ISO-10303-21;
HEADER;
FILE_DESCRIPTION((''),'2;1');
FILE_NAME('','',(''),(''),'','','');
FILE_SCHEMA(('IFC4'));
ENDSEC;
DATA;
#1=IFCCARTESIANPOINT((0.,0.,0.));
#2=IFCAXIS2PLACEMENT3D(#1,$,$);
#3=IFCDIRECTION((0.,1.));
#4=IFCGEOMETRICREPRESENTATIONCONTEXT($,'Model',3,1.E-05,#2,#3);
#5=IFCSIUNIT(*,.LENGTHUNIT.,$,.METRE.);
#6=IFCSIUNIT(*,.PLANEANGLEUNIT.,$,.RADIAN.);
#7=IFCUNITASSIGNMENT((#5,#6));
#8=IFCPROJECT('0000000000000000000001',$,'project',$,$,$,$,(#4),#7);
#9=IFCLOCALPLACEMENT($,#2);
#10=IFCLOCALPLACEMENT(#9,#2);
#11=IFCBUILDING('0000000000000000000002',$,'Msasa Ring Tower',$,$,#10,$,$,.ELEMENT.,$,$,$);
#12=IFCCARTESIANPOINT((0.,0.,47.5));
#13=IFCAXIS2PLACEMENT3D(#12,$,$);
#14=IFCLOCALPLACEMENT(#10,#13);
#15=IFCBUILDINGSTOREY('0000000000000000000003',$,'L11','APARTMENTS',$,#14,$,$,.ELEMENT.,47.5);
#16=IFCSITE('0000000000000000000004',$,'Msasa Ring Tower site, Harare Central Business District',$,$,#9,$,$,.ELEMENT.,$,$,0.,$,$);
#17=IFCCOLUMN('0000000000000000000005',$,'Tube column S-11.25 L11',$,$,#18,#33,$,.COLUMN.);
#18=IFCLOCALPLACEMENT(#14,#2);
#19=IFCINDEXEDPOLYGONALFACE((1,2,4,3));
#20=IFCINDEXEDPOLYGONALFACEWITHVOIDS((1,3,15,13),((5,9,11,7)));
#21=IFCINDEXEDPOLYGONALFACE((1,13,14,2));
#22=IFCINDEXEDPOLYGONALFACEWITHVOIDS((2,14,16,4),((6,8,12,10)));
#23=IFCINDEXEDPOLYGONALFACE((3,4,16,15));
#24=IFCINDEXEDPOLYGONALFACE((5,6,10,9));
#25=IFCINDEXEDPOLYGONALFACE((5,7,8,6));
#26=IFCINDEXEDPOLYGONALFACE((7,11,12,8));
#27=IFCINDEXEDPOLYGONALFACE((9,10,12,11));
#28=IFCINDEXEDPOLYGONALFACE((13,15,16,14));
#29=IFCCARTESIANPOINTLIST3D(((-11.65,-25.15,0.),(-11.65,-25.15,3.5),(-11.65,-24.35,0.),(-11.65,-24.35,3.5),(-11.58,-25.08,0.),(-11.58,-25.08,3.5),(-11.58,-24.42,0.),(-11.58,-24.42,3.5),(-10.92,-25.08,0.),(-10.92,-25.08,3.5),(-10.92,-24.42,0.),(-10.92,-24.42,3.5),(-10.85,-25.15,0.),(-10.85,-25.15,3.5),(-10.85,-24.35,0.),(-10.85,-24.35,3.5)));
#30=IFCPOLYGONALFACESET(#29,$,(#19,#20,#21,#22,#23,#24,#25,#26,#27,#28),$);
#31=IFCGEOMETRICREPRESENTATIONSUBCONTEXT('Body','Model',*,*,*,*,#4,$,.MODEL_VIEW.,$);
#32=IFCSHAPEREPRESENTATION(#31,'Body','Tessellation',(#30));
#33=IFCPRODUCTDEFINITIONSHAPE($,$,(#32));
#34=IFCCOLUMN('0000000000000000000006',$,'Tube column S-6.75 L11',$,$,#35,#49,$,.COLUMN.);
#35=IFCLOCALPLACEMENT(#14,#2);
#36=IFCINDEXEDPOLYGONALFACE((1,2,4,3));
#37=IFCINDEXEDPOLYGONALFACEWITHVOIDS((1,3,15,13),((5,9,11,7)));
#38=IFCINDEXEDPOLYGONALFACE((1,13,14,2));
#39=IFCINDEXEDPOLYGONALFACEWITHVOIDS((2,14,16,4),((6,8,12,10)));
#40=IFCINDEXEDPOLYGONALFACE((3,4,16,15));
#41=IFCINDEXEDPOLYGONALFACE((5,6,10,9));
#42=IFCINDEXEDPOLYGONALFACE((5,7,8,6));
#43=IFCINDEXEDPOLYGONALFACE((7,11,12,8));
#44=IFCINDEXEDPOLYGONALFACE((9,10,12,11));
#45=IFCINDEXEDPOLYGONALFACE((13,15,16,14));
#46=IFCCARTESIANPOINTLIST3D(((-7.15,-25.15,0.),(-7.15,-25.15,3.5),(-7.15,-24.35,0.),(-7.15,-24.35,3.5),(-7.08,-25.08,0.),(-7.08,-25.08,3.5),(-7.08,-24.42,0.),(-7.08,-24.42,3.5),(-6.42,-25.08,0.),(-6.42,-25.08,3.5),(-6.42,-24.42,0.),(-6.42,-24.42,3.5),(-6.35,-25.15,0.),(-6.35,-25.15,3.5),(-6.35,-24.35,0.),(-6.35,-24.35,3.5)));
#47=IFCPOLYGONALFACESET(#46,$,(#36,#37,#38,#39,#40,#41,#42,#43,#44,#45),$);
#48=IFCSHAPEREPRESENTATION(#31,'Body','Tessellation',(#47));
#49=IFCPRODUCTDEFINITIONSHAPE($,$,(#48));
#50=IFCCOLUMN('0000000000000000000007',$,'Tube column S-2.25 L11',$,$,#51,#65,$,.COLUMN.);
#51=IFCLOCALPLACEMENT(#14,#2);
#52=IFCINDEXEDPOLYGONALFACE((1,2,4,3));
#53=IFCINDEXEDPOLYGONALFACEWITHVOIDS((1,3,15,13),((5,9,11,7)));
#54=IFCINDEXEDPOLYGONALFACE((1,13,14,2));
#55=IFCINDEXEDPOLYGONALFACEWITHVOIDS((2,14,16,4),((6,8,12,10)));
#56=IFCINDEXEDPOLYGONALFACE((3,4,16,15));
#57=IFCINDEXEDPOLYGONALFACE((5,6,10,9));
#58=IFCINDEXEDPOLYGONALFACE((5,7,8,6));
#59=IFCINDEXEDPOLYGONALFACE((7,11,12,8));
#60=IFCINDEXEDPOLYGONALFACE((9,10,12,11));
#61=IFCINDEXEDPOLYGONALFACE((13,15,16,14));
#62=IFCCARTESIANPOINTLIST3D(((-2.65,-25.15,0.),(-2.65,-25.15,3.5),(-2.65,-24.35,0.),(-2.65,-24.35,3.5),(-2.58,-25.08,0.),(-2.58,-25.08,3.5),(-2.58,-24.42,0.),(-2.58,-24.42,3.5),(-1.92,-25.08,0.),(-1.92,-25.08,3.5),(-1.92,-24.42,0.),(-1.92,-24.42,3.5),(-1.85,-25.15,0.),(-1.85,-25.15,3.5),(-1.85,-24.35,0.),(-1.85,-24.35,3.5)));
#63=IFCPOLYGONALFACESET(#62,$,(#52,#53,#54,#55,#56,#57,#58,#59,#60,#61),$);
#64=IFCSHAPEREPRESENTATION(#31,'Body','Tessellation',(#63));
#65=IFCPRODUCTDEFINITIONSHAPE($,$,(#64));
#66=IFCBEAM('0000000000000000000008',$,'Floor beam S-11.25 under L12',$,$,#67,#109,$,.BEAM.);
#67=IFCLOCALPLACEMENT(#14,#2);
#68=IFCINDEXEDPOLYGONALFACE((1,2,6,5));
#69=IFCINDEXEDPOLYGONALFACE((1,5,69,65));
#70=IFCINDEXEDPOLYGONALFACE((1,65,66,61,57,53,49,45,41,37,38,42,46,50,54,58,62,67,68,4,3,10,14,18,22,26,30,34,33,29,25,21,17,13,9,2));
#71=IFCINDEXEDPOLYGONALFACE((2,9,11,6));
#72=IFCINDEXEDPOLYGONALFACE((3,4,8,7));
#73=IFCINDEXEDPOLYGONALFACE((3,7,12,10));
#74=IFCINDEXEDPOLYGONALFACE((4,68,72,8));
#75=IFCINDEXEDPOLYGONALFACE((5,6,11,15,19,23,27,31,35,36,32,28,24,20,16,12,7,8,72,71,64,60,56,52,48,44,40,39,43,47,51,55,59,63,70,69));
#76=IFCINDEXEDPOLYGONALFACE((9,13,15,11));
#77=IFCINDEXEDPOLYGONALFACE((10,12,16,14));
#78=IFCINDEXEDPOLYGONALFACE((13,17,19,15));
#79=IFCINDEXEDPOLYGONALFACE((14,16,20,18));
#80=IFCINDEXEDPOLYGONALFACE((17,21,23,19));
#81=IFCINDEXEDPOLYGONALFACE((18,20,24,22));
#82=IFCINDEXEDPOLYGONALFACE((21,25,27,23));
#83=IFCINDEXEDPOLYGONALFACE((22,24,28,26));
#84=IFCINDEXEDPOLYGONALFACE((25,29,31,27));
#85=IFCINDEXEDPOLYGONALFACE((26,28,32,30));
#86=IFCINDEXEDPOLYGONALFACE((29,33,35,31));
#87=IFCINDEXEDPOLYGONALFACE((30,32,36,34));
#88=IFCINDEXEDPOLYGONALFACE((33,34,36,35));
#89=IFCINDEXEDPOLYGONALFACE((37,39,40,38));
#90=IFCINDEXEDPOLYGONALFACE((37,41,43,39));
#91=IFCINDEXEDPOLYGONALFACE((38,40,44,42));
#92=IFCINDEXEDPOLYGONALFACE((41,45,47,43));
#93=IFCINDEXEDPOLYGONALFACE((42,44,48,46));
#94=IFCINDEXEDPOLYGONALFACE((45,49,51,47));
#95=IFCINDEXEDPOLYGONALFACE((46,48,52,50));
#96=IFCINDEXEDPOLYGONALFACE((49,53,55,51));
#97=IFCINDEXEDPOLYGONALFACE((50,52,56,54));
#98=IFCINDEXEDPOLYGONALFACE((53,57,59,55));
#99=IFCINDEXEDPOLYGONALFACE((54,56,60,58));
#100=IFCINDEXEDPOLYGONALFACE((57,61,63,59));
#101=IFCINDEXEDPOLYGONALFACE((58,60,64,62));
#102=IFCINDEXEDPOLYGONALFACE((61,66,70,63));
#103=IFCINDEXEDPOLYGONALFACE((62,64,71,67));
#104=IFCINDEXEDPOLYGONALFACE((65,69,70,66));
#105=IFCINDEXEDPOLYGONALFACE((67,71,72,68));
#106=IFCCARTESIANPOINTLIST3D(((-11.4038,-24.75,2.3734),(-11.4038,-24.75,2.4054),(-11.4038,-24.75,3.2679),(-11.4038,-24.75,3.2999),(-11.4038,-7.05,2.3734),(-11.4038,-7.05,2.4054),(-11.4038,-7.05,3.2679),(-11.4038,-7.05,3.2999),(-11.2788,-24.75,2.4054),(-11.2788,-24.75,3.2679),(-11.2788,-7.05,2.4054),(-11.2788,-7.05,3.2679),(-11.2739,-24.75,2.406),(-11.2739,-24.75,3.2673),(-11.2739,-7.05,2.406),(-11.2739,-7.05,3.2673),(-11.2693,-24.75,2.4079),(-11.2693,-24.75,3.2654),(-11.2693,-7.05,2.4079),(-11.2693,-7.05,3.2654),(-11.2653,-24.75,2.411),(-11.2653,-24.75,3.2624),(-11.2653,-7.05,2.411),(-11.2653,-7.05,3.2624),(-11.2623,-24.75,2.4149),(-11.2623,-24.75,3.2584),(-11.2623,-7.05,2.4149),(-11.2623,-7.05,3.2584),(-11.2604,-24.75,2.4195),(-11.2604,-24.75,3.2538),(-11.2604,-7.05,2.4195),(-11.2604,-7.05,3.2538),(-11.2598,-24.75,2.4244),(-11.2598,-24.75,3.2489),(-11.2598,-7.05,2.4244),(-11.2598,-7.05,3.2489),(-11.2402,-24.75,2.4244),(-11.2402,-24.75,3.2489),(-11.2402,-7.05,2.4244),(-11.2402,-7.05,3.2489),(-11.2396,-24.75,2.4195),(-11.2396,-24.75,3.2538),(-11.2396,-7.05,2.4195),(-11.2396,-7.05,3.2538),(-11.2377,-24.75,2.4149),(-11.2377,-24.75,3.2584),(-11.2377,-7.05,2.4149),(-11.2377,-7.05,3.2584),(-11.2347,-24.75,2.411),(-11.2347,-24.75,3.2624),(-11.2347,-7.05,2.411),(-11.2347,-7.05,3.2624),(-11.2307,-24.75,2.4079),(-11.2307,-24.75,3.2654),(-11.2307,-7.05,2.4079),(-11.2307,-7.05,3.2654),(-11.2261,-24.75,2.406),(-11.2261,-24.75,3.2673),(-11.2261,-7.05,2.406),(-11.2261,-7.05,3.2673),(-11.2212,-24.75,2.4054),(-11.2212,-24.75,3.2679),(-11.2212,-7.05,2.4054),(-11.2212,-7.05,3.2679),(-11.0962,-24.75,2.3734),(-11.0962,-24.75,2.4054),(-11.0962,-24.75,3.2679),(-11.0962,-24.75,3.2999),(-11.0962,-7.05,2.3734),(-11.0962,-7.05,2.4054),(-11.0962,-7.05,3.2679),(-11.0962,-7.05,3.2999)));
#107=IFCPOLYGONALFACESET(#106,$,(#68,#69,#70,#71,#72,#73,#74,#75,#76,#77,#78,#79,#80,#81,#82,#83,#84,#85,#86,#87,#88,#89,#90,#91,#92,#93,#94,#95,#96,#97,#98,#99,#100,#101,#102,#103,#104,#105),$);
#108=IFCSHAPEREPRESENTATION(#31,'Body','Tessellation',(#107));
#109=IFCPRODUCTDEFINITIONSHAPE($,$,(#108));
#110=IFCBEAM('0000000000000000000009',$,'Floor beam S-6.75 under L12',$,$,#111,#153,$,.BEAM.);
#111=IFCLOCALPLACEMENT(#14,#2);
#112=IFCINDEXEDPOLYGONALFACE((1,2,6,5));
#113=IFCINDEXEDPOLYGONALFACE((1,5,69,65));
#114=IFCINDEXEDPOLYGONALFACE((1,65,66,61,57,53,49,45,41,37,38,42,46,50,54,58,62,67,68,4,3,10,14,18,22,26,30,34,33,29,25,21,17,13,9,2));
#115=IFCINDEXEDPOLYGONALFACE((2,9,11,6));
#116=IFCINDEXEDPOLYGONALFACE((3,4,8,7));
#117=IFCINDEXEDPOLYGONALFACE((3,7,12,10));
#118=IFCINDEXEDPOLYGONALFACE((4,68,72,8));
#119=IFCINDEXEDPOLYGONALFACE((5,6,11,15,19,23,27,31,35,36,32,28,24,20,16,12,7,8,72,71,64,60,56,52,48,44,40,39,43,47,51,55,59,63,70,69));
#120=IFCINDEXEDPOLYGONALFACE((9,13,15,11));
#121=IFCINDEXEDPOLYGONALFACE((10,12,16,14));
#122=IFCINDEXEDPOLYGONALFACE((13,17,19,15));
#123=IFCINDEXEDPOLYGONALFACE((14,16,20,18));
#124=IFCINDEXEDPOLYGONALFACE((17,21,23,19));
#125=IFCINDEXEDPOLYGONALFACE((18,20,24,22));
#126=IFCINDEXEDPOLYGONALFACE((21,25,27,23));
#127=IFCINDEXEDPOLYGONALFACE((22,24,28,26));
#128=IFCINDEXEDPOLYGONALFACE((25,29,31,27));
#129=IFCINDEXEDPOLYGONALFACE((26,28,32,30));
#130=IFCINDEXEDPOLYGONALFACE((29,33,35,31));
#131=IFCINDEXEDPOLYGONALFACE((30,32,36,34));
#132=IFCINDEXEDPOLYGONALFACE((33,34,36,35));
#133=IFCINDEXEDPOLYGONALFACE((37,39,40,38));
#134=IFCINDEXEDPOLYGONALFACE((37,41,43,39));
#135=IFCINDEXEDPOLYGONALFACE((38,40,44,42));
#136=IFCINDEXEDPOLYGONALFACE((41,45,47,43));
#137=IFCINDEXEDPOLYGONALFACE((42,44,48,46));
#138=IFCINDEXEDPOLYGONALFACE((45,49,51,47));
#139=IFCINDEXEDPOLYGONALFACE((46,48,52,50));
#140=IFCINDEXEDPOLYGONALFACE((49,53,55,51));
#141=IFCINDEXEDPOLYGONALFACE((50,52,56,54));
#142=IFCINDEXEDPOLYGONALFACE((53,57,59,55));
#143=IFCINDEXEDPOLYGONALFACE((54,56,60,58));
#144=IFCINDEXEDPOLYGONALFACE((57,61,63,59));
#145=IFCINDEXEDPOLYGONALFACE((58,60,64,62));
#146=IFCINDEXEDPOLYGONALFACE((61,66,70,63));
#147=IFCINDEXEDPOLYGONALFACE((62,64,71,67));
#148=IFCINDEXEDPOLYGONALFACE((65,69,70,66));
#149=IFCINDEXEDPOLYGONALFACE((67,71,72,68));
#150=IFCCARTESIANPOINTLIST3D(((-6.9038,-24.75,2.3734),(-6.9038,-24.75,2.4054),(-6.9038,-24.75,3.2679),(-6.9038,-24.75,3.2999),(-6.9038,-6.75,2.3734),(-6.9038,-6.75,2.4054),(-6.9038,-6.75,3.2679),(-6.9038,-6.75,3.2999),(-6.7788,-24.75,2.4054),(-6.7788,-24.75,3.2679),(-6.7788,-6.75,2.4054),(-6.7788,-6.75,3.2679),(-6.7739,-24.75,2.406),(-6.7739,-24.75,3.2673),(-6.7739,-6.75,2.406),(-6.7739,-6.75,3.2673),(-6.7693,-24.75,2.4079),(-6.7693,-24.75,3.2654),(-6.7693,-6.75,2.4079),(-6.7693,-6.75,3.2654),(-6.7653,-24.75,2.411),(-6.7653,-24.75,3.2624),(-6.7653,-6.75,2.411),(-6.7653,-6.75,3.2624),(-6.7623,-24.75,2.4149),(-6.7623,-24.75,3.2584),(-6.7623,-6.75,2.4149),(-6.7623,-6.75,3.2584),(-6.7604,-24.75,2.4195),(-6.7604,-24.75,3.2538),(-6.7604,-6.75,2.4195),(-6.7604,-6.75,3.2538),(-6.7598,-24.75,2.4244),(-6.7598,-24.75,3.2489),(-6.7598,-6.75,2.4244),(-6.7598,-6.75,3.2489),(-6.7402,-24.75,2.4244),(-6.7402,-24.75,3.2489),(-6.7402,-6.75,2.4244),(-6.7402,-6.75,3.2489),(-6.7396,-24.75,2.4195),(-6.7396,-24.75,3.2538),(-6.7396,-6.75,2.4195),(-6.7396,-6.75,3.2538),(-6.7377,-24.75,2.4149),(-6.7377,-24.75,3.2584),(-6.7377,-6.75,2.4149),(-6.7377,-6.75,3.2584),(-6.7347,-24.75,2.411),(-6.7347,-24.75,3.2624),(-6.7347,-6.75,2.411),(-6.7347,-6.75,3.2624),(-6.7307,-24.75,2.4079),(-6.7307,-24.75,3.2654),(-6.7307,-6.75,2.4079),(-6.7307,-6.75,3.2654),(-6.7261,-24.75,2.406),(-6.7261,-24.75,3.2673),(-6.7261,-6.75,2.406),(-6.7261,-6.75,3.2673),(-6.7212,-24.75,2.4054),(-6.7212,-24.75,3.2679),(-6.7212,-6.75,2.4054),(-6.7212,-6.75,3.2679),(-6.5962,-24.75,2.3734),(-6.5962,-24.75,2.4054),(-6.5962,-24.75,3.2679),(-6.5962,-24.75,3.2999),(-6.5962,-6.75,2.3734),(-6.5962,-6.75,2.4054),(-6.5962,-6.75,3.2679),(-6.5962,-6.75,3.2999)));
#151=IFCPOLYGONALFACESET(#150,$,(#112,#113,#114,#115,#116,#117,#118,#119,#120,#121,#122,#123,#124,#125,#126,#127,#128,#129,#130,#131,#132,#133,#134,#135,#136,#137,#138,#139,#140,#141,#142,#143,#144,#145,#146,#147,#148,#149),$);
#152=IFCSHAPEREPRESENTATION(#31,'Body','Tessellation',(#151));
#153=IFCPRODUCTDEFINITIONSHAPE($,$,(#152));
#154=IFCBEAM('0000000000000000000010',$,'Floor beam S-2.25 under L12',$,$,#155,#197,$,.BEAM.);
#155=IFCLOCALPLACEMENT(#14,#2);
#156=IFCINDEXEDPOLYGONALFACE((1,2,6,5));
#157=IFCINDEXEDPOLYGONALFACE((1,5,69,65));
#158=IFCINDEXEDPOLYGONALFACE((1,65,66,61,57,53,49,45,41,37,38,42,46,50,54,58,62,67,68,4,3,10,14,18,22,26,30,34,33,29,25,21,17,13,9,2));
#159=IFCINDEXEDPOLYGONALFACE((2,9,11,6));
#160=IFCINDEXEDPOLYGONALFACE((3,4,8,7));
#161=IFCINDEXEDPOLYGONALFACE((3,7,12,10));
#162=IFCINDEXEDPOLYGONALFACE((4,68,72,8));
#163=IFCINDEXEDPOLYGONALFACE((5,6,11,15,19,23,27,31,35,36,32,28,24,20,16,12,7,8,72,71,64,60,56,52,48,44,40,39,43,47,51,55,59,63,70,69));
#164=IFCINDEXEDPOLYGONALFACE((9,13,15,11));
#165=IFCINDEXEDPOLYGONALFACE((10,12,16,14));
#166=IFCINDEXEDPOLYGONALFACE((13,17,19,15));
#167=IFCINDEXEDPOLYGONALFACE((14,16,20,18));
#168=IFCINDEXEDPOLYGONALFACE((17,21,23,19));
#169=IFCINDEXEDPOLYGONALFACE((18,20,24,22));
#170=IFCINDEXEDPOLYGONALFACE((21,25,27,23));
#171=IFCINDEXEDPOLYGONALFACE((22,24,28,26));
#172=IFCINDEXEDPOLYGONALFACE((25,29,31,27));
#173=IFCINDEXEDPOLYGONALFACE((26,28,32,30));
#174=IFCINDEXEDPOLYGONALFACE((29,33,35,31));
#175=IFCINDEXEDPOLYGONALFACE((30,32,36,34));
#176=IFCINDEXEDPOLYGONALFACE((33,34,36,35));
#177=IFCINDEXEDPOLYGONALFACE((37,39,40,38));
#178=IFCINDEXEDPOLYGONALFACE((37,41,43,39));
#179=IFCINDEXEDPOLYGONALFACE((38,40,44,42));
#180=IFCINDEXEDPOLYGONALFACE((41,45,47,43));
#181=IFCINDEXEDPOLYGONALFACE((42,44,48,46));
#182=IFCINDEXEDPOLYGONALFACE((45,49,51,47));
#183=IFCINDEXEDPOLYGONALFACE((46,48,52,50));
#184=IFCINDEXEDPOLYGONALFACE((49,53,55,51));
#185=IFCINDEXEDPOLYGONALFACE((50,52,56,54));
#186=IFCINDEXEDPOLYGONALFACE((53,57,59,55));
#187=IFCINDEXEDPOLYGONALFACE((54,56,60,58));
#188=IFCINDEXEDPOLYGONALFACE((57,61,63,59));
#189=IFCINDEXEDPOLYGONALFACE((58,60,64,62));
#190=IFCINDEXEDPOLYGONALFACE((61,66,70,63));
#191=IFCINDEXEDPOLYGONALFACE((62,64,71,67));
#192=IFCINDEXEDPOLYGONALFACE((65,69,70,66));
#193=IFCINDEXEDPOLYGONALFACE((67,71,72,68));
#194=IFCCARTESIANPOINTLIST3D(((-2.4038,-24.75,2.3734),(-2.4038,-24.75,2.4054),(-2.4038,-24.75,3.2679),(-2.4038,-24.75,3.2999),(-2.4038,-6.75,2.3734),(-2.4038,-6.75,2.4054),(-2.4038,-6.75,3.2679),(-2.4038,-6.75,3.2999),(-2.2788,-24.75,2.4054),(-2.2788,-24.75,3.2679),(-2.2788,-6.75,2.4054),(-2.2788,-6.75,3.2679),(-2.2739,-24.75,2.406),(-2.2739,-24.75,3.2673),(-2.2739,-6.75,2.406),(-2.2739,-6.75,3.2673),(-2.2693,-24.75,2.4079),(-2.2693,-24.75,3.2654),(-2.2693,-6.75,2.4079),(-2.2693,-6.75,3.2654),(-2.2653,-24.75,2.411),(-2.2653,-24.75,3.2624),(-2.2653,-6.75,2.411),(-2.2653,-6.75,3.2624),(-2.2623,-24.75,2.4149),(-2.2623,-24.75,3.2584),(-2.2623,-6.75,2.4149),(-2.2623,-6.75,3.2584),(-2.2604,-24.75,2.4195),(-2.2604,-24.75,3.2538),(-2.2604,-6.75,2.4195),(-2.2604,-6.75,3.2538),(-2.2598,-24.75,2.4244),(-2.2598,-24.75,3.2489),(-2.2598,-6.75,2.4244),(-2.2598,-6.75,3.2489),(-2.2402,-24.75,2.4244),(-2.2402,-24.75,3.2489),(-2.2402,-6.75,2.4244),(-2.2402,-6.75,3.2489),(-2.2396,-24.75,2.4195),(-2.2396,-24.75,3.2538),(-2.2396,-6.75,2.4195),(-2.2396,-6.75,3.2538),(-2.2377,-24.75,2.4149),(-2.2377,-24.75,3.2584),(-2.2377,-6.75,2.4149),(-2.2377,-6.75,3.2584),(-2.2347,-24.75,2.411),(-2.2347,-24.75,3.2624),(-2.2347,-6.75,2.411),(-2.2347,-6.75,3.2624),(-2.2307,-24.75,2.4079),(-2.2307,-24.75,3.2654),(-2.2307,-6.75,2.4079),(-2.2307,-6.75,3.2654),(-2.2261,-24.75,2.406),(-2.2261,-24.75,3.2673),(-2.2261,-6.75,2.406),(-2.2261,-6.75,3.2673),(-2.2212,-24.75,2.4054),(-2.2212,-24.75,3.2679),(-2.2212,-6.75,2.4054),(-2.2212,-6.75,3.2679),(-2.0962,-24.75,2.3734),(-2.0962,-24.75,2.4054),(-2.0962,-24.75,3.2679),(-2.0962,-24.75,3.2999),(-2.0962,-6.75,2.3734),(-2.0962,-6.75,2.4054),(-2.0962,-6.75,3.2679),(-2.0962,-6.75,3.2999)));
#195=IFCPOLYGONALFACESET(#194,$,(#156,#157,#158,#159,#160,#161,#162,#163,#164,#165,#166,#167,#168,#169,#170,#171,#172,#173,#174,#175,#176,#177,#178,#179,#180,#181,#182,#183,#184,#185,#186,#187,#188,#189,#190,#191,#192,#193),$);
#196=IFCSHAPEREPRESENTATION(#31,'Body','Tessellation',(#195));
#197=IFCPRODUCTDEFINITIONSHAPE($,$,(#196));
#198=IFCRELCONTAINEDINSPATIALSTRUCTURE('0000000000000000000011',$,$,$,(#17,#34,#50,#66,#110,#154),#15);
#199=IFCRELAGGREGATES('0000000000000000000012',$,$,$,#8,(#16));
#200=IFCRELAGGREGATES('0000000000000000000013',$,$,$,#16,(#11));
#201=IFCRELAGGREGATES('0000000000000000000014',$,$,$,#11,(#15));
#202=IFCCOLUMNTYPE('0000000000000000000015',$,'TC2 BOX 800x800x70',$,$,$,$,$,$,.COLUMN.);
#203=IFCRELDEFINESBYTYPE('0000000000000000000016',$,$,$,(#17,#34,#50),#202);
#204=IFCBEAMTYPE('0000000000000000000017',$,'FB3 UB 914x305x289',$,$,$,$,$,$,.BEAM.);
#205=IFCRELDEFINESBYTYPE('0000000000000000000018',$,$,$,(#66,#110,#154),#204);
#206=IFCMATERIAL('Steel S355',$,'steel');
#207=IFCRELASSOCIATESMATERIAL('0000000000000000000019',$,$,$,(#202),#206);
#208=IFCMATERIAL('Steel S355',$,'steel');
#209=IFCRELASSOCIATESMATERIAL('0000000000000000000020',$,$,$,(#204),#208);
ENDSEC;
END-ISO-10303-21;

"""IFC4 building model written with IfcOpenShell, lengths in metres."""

from ifc_helpers import new_model, si_unit, direction, frame, origin, origin_2d, place, context, subcontext, project, spatial, hollow_rectangle, i_section, extrude, material, material_profile, profile_set, type_object, element, save


model = new_model("IFC4")

# Units and contexts
model_context = context("Model", 3, precision=1e-05, world=origin(), true_north=direction((0.0, 1.0)))
body_context = subcontext(model_context, "Body", "Model", "MODEL_VIEW")
ifc_project = project(units=[si_unit("LENGTHUNIT", "METRE"), si_unit("PLANEANGLEUNIT", "RADIAN")], contexts=[model_context])

# Site, building, storey
site_placement = place(None, origin())
site = spatial("IfcSite", under=ifc_project, at=site_placement, Name="Msasa Ring Tower site, Harare Central Business District", CompositionType="ELEMENT", RefElevation=0.0)
building_placement = place(site_placement, origin())
building = spatial("IfcBuilding", under=site, at=building_placement, Name="Msasa Ring Tower", CompositionType="ELEMENT")
storey_placement = place(building_placement, frame((0.0, 0.0, 47.5)))
storey = spatial("IfcBuildingStorey", under=building, at=storey_placement, Name="L11", Description="APARTMENTS", CompositionType="ELEMENT", Elevation=47.5)

# Columns
ifc_material_1 = material(Name="Steel S355", Category="steel")
ifc_material_profile_1 = material_profile(ifc_material_1, hollow_rectangle(XDim=0.8, YDim=0.8, WallThickness=0.0701, at=origin_2d()), Name="BOX 800x800x70")
ifc_profile_set_1 = profile_set([ifc_material_profile_1], Name="Steel S355")
column_type = type_object("IfcColumnType", Name="TC2 BOX 800x800x70", PredefinedType="COLUMN", material=ifc_profile_set_1)
for number, where, z_axis, x_axis, name in (
    (1, (-11.25, -24.75, 0.0), (0.0, 0.0, 1.0), (0.0, 1.0, 0.0), "Tube column S-11.25 L11"),
    (2, (-6.75, -24.75, 0.0), (0.0, 0.0, 1.0), (0.0, 1.0, 0.0), "Tube column S-6.75 L11"),
    (3, (-2.25, -24.75, 0.0), (0.0, 0.0, 1.0), (0.0, 1.0, 0.0), "Tube column S-2.25 L11"),
):
    element("IfcColumn", number, at=place(storey_placement, frame(where, z_axis=z_axis, x_axis=x_axis)), inside=storey, type_object=column_type, Name=name, PredefinedType="COLUMN", context=body_context, shape_type="SweptSolid", body=[
        extrude(hollow_rectangle(XDim=0.8, YDim=0.8, WallThickness=0.0701, at=origin_2d()), origin(), (0.0, 0.0, 1.0), 3.5),
    ])

# Beams
ifc_material_2 = material(Name="Steel S355", Category="steel")
ifc_material_profile_2 = material_profile(ifc_material_2, i_section(OverallWidth=0.3076, OverallDepth=0.9265, WebThickness=0.0195, FlangeThickness=0.032, FilletRadius=0.019, at=origin_2d()), Name="UB 914x305x289")
ifc_profile_set_2 = profile_set([ifc_material_profile_2], Name="Steel S355")
beam_type_1 = type_object("IfcBeamType", Name="FB3 UB 914x305x289", PredefinedType="BEAM", material=ifc_profile_set_2)
beam_placement = place(storey_placement, frame((-11.25, -24.75, 2.8367), z_axis=(0.0, 1.0, 0.0), x_axis=(-1.0, 0.0, 0.0)))
element("IfcBeam", 4, at=beam_placement, inside=storey, type_object=beam_type_1, Name="Floor beam S-11.25 under L12", PredefinedType="BEAM", context=body_context, shape_type="SweptSolid", body=[
    extrude(i_section(OverallWidth=0.3076, OverallDepth=0.9265, WebThickness=0.0195, FlangeThickness=0.032, FilletRadius=0.019, at=origin_2d()), origin(), (0.0, 0.0, 1.0), 17.7),
])
for number, where, z_axis, x_axis, name in (
    (5, (-6.75, -24.75, 2.8367), (0.0, 1.0, 0.0), (-1.0, 0.0, 0.0), "Floor beam S-6.75 under L12"),
    (6, (-2.25, -24.75, 2.8367), (0.0, 1.0, 0.0), (-1.0, 0.0, 0.0), "Floor beam S-2.25 under L12"),
):
    element("IfcBeam", number, at=place(storey_placement, frame(where, z_axis=z_axis, x_axis=x_axis)), inside=storey, type_object=beam_type_1, Name=name, PredefinedType="BEAM", context=body_context, shape_type="SweptSolid", body=[
        extrude(i_section(OverallWidth=0.3076, OverallDepth=0.9265, WebThickness=0.0195, FlangeThickness=0.032, FilletRadius=0.019, at=origin_2d()), origin(), (0.0, 0.0, 1.0), 18.0),
    ])

save(model, "model.ifc")
